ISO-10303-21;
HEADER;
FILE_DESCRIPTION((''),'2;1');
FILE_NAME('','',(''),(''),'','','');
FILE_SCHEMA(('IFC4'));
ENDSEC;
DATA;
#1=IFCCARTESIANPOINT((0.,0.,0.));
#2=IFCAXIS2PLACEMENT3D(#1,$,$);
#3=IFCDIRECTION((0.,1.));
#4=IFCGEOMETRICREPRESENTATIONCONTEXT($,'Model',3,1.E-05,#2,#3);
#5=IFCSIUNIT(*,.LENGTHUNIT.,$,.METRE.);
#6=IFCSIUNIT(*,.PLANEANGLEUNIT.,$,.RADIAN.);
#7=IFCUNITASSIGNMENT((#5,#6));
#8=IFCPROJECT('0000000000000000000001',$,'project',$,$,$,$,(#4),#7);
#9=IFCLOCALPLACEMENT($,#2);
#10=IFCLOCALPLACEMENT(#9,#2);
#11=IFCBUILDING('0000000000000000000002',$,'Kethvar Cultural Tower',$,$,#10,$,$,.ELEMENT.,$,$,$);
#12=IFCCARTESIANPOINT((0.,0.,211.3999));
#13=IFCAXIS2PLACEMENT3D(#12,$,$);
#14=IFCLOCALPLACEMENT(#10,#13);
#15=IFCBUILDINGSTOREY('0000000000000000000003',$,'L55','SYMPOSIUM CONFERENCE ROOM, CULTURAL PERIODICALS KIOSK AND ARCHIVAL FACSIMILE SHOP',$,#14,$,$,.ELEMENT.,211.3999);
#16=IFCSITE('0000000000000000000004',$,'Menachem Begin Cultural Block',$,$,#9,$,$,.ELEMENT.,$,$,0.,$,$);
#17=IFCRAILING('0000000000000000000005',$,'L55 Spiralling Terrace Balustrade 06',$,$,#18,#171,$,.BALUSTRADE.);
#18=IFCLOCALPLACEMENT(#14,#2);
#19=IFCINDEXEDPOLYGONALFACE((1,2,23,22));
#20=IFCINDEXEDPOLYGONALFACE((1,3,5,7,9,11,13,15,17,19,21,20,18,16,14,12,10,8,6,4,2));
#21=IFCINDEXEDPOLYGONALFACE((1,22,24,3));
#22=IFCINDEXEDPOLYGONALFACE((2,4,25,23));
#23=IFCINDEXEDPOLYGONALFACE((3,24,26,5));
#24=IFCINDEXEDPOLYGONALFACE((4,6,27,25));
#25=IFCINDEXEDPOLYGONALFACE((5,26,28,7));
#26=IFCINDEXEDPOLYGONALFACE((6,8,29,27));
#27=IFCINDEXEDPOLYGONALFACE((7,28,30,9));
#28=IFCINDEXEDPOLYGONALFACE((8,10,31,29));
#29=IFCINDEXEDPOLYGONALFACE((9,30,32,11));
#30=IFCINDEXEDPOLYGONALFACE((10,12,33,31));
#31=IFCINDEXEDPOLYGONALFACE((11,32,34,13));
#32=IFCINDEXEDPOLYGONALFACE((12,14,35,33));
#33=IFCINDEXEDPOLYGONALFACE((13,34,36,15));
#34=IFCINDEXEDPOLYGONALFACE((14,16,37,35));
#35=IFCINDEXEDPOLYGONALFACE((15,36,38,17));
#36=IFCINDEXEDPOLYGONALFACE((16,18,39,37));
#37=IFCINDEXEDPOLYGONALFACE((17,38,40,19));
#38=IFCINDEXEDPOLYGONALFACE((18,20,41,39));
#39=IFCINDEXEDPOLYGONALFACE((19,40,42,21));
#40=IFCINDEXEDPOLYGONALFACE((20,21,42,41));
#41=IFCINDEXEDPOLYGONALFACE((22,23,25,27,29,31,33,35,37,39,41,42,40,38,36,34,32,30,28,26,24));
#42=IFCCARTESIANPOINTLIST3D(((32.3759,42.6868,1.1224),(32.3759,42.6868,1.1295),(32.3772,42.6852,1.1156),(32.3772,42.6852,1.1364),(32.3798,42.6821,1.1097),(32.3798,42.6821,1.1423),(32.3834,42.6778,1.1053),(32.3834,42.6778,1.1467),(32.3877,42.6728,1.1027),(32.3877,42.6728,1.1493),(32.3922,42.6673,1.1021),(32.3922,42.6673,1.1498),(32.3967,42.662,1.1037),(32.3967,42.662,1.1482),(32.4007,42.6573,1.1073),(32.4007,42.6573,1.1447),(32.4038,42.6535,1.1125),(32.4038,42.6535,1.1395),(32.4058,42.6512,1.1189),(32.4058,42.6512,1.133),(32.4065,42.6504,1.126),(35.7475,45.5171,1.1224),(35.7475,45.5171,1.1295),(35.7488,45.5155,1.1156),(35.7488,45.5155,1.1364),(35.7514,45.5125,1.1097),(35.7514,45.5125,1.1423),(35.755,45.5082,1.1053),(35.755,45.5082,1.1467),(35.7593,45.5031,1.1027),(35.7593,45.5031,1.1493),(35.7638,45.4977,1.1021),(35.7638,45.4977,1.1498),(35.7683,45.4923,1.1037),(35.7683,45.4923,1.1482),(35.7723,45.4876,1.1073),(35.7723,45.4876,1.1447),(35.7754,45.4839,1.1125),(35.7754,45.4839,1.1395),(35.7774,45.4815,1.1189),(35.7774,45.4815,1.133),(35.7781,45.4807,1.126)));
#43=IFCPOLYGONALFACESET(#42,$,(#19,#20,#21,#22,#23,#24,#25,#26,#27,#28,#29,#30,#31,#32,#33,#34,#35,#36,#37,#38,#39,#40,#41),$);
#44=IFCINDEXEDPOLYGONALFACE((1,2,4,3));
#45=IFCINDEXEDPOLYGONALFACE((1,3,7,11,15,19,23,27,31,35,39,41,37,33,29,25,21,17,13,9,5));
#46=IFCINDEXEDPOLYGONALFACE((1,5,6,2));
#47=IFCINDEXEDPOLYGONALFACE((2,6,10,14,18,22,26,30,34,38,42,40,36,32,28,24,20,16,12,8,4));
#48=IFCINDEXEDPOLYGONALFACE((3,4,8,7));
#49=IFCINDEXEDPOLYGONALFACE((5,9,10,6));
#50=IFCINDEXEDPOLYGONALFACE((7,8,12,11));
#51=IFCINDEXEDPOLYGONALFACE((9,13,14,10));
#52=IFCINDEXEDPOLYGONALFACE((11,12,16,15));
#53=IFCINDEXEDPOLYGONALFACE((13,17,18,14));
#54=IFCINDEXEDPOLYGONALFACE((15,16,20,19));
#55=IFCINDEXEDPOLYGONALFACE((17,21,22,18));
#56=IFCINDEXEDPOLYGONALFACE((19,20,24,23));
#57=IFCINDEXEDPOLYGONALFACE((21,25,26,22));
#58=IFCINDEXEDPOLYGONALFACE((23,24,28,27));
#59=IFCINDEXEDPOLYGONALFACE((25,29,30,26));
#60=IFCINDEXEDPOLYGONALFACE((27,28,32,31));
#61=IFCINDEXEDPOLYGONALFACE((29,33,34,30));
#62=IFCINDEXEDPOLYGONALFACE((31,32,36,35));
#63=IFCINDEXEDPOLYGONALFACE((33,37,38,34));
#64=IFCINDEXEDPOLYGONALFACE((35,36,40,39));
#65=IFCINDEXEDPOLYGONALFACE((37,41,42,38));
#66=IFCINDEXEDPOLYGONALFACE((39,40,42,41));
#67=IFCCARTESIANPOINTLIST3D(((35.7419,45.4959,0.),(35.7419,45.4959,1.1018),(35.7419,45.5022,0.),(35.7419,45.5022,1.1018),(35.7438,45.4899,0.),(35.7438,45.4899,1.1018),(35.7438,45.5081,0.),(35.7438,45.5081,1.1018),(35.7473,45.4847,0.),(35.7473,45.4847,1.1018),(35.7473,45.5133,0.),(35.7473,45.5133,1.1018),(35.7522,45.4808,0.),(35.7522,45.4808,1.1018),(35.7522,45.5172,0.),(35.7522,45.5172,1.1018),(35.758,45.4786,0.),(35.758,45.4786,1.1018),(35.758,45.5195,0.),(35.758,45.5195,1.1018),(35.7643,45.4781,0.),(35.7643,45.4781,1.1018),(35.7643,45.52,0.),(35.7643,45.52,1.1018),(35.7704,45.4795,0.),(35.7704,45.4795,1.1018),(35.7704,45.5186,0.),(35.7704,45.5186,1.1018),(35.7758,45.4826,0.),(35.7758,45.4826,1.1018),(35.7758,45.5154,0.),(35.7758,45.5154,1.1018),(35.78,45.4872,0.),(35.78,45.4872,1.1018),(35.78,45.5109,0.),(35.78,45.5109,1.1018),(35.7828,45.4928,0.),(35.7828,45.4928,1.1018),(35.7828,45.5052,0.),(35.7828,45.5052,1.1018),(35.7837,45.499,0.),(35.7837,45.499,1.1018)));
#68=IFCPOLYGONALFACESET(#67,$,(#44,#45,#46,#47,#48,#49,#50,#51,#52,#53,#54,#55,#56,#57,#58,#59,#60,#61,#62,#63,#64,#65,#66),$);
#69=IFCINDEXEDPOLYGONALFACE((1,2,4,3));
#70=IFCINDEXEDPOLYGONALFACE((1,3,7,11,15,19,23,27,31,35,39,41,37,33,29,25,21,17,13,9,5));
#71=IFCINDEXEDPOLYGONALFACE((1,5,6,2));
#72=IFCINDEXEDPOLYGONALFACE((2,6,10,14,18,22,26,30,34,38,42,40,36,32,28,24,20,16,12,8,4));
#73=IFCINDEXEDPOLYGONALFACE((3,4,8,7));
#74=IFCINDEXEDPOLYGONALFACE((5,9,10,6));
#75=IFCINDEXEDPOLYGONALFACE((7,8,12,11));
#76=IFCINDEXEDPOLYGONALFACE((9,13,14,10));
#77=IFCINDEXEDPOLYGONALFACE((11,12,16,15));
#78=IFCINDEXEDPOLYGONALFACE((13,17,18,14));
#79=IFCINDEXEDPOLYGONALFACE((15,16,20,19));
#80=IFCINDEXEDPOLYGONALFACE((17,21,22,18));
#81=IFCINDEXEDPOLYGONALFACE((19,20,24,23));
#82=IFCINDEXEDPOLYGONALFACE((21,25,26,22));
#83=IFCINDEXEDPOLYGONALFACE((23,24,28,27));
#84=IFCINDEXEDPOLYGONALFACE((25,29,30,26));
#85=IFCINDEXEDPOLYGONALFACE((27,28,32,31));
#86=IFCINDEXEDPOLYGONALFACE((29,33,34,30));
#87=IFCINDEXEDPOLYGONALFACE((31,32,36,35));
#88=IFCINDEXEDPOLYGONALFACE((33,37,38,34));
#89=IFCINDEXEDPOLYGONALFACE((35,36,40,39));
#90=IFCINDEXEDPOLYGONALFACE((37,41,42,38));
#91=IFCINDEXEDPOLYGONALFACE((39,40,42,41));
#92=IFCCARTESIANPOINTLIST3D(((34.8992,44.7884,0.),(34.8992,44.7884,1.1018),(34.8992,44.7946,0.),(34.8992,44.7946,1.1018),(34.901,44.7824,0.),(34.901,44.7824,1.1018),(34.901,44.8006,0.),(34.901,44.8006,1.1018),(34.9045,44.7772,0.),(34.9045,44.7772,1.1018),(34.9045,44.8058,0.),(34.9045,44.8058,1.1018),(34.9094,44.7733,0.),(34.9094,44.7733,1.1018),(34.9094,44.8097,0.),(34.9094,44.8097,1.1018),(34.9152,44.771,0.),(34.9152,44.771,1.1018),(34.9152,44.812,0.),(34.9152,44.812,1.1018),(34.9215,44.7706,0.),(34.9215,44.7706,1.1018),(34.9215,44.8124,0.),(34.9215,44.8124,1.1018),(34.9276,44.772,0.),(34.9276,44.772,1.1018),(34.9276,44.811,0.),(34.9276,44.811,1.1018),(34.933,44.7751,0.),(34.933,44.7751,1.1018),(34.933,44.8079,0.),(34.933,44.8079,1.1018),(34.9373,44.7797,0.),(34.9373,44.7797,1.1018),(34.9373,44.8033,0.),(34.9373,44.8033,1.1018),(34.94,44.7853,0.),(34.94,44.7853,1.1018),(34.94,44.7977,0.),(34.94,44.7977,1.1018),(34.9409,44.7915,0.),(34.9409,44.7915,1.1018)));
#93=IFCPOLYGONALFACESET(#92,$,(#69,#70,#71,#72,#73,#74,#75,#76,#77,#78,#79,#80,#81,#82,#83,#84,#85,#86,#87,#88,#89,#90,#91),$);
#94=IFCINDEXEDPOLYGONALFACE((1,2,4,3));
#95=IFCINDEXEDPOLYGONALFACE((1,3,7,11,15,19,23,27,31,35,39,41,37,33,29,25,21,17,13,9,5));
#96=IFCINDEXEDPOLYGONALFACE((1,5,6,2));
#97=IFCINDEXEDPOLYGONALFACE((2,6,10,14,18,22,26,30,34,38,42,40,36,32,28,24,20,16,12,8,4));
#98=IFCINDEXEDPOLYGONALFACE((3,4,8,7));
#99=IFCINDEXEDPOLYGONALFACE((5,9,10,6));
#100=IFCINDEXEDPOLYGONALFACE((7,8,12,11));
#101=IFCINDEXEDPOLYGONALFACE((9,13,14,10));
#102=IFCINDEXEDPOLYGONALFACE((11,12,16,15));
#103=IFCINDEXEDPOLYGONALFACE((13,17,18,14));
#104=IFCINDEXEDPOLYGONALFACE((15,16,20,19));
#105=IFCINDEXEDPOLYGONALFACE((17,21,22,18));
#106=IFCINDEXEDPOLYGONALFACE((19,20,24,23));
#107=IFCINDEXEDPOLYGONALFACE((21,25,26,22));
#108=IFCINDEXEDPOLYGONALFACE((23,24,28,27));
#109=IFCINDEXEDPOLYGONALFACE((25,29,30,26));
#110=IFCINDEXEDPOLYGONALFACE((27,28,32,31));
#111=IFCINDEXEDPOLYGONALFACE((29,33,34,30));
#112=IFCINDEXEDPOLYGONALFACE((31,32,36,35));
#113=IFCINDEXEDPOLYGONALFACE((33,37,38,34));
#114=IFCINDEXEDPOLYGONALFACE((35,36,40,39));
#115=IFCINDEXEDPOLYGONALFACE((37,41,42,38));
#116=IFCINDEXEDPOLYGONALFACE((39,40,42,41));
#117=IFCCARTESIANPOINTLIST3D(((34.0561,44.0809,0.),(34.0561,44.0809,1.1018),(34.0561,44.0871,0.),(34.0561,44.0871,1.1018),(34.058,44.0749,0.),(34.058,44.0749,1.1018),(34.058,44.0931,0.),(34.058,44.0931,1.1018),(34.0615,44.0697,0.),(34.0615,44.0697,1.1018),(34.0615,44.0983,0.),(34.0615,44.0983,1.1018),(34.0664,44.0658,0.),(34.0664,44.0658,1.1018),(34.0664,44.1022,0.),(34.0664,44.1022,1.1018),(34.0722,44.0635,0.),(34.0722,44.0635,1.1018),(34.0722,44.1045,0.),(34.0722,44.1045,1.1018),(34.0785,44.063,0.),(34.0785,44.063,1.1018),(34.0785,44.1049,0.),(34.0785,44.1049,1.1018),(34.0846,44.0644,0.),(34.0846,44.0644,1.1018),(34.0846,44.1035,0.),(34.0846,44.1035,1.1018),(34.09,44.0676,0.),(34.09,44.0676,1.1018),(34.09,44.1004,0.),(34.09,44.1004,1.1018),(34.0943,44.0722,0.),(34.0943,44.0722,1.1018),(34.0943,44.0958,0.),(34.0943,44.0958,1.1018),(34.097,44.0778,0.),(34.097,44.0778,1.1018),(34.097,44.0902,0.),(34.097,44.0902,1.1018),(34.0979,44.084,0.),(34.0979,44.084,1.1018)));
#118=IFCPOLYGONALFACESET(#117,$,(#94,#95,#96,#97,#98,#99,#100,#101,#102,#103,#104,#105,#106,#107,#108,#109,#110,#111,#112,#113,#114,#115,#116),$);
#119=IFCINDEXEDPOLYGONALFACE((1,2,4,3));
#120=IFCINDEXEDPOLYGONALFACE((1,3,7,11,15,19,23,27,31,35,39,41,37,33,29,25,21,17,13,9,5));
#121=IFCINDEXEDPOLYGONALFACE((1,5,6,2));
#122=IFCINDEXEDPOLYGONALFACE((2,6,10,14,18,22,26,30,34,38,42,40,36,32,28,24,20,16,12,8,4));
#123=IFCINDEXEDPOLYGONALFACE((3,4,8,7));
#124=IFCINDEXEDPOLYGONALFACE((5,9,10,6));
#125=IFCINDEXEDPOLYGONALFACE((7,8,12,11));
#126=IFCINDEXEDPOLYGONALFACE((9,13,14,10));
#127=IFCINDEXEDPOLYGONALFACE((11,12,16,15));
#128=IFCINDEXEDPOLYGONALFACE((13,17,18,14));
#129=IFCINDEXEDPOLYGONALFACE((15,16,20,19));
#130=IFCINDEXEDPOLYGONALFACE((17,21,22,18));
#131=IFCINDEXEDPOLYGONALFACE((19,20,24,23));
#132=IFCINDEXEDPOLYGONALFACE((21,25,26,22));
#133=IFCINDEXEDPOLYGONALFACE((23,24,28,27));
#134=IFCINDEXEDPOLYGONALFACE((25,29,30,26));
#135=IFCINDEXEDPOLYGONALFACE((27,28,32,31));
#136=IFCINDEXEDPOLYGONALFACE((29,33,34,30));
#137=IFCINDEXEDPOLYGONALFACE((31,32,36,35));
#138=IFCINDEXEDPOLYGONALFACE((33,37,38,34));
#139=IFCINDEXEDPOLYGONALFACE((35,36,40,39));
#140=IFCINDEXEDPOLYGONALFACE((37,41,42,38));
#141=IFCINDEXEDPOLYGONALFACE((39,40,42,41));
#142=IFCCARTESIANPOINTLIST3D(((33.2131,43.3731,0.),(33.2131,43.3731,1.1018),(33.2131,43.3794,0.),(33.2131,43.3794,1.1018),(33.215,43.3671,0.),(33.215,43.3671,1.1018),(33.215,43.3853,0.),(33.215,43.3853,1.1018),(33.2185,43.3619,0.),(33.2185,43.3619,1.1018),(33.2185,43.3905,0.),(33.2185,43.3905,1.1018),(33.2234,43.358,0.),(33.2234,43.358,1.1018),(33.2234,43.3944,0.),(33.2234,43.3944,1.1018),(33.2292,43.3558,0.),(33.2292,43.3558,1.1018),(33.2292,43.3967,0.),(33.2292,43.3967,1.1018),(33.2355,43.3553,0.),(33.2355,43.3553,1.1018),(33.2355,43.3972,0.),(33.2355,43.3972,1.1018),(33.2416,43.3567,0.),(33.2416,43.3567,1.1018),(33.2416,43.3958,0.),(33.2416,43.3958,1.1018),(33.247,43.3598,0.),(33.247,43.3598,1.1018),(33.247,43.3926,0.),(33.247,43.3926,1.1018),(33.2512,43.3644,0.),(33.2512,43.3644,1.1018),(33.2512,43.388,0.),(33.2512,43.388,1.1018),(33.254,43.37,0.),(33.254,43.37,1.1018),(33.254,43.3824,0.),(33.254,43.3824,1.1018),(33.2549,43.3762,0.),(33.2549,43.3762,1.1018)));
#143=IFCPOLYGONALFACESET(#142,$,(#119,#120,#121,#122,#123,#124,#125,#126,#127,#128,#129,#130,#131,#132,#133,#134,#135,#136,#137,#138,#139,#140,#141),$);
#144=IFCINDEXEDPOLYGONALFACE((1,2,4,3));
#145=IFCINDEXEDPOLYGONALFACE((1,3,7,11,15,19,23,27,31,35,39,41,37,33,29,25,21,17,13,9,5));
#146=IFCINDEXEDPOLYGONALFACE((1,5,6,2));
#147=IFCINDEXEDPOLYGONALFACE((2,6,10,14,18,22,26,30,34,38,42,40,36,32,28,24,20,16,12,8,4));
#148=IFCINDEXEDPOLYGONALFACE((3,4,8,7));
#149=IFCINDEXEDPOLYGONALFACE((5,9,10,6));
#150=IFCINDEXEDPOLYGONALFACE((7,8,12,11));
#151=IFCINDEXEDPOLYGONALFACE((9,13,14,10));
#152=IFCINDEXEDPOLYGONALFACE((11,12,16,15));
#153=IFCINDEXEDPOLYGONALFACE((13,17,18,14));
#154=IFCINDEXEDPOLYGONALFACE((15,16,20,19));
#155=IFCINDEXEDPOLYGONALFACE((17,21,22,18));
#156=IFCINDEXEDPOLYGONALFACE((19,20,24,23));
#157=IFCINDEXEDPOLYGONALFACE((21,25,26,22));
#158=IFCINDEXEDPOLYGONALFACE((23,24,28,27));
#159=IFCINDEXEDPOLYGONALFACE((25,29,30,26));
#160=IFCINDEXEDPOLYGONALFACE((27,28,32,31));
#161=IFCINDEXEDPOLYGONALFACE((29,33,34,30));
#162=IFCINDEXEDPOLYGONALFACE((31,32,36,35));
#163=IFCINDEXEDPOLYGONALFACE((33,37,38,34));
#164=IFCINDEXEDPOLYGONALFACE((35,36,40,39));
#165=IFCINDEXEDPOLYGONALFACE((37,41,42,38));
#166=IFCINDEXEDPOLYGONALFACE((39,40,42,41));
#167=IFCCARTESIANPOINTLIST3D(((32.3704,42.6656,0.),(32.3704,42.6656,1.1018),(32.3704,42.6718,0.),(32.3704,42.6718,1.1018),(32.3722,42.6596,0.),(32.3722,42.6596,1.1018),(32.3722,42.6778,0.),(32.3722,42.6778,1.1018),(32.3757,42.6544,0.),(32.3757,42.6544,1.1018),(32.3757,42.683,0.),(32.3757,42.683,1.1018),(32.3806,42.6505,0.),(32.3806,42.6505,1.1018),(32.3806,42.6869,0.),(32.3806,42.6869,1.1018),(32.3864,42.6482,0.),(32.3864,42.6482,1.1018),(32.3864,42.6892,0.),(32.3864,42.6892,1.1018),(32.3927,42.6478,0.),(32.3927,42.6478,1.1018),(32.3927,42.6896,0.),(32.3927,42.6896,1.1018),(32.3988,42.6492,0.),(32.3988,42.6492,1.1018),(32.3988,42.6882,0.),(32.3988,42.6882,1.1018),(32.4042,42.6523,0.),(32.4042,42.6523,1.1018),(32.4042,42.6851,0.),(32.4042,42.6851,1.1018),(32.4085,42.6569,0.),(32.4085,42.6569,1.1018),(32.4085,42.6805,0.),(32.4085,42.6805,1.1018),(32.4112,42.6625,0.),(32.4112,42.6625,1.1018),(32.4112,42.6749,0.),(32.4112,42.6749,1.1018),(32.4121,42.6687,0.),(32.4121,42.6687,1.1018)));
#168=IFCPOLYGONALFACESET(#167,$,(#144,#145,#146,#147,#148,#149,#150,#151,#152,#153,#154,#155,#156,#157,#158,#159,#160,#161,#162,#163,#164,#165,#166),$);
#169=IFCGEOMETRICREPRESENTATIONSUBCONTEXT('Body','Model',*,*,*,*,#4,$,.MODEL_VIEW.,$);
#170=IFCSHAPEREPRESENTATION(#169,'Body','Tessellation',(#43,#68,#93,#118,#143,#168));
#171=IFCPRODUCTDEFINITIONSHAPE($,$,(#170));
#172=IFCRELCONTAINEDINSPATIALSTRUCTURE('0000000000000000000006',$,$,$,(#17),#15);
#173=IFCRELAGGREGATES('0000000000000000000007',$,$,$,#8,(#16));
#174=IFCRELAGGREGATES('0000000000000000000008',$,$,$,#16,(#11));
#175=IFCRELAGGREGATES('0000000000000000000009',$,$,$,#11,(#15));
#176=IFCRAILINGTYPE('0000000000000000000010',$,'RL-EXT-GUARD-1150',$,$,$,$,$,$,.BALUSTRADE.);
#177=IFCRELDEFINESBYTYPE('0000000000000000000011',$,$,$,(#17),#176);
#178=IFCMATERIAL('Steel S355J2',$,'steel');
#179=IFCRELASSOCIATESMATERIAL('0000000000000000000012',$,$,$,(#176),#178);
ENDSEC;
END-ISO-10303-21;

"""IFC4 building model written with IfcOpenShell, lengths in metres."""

from ifc_helpers import new_model, si_unit, direction, frame, origin, origin_2d, place, context, subcontext, project, spatial, circle, extrude, material, type_object, element, save


model = new_model("IFC4")

# Units and contexts
model_context = context("Model", 3, precision=1e-05, world=origin(), true_north=direction((0.0, 1.0)))
body_context = subcontext(model_context, "Body", "Model", "MODEL_VIEW")
ifc_project = project(units=[si_unit("LENGTHUNIT", "METRE"), si_unit("PLANEANGLEUNIT", "RADIAN")], contexts=[model_context])

# Site, building, storey
site_placement = place(None, origin())
site = spatial("IfcSite", under=ifc_project, at=site_placement, Name="Menachem Begin Cultural Block", CompositionType="ELEMENT", RefElevation=0.0)
building_placement = place(site_placement, origin())
building = spatial("IfcBuilding", under=site, at=building_placement, Name="Kethvar Cultural Tower", CompositionType="ELEMENT")
storey_placement = place(building_placement, frame((0.0, 0.0, 211.3999)))
storey = spatial("IfcBuildingStorey", under=building, at=storey_placement, Name="L55", Description="SYMPOSIUM CONFERENCE ROOM, CULTURAL PERIODICALS KIOSK AND ARCHIVAL FACSIMILE SHOP", CompositionType="ELEMENT", Elevation=211.3999)

# Shared definitions
ifc_material_1 = material(Name="Steel S355J2", Category="steel")

# Railing
railing_type = type_object("IfcRailingType", Name="RL-EXT-GUARD-1150", PredefinedType="BALUSTRADE", material=ifc_material_1)
railing_1_placement = place(storey_placement, frame((35.7627, 45.499, 0.0)))
element("IfcRailing", 1, at=railing_1_placement, inside=storey, type_object=railing_type, Name="L55 Spiralling Terrace Balustrade 06", PredefinedType="BALUSTRADE", context=body_context, shape_type="SweptSolid", body=[
    extrude(circle(Radius=0.0239, at=origin_2d()), frame((0.0, 0.0, 1.126), z_axis=(-0.765907, -0.642951, 0.0), x_axis=(0.642951, -0.765907, 0.0)), (0.0, 0.0, 1.0), 4.4021),
    extrude(circle(Radius=0.021, at=origin_2d()), origin(), (0.0, 0.0, 1.0), 1.1018),
    extrude(circle(Radius=0.021, at=origin_2d()), frame((-0.8428, -0.7075, 0.0)), (0.0, 0.0, 1.0), 1.1018),
    extrude(circle(Radius=0.021, at=origin_2d()), frame((-1.6858, -1.415, 0.0)), (0.0, 0.0, 1.0), 1.1018),
    extrude(circle(Radius=0.021, at=origin_2d()), frame((-2.5288, -2.1228, 0.0)), (0.0, 0.0, 1.0), 1.1018),
    extrude(circle(Radius=0.021, at=origin_2d()), frame((-3.3716, -2.8303, 0.0)), (0.0, 0.0, 1.0), 1.1018),
])

save(model, "model.ifc")
